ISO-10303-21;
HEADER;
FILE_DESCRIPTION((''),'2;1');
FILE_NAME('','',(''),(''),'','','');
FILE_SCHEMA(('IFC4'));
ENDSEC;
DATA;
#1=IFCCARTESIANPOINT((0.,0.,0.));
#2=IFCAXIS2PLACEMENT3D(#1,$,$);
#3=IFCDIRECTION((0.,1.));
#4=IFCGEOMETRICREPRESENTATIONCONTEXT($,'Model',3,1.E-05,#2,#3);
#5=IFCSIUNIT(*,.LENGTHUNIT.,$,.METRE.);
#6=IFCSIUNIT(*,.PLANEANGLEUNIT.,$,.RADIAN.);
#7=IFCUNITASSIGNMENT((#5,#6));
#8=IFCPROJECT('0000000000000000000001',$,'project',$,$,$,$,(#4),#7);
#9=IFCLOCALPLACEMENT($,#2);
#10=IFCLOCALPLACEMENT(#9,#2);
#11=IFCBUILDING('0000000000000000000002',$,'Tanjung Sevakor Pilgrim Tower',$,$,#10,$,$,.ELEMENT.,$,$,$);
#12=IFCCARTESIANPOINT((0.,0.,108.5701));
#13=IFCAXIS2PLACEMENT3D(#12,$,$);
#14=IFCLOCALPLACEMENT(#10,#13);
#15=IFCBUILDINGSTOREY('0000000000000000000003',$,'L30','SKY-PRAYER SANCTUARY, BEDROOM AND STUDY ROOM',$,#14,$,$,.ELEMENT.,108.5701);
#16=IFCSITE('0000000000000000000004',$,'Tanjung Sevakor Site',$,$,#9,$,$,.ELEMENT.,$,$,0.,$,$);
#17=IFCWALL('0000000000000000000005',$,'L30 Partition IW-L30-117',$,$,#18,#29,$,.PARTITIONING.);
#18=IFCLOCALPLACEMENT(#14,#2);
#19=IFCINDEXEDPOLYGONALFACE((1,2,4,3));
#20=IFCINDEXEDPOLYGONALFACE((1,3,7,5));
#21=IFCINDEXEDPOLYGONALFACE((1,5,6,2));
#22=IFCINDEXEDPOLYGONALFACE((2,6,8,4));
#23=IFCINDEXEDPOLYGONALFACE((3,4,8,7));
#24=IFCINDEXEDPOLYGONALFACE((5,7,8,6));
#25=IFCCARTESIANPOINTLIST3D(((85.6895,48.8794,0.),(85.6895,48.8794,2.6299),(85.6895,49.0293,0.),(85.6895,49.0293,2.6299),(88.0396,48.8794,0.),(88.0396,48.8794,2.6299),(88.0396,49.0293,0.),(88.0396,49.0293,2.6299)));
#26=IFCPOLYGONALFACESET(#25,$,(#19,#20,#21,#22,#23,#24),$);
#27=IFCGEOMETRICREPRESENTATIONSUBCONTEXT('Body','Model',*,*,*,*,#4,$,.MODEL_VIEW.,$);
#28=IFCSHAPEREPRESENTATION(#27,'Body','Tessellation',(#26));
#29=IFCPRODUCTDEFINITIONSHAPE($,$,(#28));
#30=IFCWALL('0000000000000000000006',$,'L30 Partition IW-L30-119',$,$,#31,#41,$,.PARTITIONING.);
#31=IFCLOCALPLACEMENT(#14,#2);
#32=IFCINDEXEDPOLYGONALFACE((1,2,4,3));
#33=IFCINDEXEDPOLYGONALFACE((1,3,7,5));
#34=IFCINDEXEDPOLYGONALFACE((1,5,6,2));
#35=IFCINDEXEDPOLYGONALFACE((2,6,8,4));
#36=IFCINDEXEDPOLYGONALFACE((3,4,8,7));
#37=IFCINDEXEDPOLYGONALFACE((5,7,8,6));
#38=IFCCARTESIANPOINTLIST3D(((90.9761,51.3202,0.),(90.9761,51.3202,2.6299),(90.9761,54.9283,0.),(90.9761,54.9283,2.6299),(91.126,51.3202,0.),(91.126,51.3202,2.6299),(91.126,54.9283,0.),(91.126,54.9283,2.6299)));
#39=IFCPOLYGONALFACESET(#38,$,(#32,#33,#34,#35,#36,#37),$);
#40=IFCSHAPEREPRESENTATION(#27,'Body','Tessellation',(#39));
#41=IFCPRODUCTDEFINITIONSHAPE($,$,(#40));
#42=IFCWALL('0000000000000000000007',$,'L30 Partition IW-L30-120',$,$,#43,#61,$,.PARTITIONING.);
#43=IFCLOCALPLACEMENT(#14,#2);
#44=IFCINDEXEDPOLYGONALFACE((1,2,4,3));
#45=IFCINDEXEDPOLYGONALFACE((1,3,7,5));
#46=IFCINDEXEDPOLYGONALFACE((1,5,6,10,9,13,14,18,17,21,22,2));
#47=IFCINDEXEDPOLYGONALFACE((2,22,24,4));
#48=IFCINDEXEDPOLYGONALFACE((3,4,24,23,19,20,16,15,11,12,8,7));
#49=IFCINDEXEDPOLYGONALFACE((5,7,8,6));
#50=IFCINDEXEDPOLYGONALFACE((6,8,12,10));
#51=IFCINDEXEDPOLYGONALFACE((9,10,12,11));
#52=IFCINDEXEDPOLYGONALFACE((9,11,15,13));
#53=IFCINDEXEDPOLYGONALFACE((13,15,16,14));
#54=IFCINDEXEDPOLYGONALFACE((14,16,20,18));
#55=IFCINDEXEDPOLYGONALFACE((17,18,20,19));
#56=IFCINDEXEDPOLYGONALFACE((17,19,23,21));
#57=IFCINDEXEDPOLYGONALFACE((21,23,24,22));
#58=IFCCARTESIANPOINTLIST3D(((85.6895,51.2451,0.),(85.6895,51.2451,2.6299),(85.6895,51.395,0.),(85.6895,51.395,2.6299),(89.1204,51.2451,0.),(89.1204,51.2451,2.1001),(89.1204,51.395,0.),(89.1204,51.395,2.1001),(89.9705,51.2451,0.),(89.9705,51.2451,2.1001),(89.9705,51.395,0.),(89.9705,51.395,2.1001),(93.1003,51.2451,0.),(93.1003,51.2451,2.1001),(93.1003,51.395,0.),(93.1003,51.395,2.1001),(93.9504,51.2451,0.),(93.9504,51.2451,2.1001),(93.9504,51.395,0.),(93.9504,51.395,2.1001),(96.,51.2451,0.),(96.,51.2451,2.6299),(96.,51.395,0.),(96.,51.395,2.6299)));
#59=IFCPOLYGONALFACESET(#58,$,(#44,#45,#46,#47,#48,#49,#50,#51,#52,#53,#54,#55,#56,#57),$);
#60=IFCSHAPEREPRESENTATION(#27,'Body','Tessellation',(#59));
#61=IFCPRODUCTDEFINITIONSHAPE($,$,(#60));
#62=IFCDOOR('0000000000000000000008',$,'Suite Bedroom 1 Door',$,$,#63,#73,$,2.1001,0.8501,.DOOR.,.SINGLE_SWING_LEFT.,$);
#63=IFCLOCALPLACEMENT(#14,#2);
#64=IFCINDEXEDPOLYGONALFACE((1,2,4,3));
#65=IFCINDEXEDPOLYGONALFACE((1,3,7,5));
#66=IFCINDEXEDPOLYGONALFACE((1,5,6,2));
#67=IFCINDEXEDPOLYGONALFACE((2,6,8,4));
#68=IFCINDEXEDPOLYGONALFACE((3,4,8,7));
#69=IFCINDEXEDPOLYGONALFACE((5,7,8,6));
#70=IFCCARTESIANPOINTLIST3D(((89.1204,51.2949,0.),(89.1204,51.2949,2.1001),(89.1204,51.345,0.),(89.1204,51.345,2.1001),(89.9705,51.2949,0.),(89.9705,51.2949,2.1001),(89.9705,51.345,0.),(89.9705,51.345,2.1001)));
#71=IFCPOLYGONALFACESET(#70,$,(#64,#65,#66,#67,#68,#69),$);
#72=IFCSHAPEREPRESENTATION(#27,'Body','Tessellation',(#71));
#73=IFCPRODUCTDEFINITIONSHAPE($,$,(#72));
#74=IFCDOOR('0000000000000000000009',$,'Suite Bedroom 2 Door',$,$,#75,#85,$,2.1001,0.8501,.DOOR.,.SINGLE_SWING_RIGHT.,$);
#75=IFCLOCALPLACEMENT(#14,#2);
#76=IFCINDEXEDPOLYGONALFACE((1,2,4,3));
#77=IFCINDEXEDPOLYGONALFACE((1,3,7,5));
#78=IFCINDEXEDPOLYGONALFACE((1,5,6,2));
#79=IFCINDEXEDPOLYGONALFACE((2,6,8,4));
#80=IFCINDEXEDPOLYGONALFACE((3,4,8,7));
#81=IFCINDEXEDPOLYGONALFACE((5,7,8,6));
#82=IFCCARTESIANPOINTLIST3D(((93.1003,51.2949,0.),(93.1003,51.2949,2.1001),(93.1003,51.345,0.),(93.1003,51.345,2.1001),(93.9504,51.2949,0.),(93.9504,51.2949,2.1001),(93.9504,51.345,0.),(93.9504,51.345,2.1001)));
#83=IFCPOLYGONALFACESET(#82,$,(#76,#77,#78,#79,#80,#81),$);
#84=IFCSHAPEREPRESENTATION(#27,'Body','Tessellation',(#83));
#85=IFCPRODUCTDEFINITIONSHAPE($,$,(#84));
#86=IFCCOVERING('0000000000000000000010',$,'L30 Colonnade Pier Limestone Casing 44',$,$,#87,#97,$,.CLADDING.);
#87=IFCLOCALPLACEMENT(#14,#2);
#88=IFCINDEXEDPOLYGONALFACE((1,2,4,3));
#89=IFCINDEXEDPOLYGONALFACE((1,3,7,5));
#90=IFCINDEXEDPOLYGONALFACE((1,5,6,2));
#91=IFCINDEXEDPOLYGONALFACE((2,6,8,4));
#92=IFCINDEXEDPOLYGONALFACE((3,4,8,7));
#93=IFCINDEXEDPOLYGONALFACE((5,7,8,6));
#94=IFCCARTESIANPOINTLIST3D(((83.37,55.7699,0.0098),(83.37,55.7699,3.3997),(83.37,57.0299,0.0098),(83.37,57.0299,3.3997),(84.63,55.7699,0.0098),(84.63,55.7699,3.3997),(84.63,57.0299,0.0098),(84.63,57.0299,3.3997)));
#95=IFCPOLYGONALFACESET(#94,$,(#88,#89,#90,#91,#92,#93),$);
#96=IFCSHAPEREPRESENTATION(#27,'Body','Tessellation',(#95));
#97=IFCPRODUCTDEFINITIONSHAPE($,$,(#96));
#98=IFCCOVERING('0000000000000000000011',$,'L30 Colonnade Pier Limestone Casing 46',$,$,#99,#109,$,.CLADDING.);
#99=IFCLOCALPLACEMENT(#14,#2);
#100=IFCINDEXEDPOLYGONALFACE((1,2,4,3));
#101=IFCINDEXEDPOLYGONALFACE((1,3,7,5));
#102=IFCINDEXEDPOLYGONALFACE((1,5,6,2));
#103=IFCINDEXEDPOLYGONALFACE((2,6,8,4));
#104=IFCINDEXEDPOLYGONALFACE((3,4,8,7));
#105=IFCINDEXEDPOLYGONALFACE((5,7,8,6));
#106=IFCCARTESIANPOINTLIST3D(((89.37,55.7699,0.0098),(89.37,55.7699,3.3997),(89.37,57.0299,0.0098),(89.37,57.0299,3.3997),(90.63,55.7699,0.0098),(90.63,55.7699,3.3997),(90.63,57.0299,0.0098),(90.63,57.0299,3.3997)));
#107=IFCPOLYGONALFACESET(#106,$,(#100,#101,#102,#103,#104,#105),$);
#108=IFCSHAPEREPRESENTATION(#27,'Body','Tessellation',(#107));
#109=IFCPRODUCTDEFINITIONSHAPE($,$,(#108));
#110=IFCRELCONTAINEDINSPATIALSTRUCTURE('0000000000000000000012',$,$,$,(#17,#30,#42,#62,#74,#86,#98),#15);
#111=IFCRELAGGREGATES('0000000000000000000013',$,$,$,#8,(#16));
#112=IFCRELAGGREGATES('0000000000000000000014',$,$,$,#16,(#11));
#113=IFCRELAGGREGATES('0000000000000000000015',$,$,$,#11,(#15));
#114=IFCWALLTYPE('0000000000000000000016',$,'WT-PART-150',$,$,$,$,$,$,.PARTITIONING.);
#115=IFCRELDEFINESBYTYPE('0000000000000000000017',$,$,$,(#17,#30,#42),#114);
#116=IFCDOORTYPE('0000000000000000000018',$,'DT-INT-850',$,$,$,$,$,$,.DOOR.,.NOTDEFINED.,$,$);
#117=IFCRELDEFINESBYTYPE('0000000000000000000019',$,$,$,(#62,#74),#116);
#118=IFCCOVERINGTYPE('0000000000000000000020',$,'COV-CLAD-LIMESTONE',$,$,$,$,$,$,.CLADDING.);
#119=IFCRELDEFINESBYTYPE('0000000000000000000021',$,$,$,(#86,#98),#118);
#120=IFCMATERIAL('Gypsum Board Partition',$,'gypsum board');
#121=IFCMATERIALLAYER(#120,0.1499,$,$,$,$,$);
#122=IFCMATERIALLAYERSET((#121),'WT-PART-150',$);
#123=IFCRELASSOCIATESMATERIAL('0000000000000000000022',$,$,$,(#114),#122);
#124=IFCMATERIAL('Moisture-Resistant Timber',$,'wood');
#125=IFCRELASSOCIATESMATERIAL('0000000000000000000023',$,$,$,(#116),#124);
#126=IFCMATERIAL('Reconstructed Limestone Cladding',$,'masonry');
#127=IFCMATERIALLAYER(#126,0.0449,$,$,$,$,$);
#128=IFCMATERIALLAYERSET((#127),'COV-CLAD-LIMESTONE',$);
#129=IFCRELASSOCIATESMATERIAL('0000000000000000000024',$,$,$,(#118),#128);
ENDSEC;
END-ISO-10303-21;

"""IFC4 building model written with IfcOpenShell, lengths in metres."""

from ifc_helpers import new_model, si_unit, direction, frame, frame_2d, origin, origin_2d, place, context, subcontext, project, spatial, rectangle, extrude, material, layer, layer_set, type_object, element, fill, save


model = new_model("IFC4")

# Units and contexts
model_context = context("Model", 3, precision=1e-05, world=origin(), true_north=direction((0.0, 1.0)))
body_context = subcontext(model_context, "Body", "Model", "MODEL_VIEW")
ifc_project = project(units=[si_unit("LENGTHUNIT", "METRE"), si_unit("PLANEANGLEUNIT", "RADIAN")], contexts=[model_context])

# Site, building, storey
site_placement = place(None, origin())
site = spatial("IfcSite", under=ifc_project, at=site_placement, Name="Tanjung Sevakor Site", CompositionType="ELEMENT", RefElevation=0.0)
building_placement = place(site_placement, origin())
building = spatial("IfcBuilding", under=site, at=building_placement, Name="Tanjung Sevakor Pilgrim Tower", CompositionType="ELEMENT")
storey_placement = place(building_placement, frame((0.0, 0.0, 108.5701)))
storey = spatial("IfcBuildingStorey", under=building, at=storey_placement, Name="L30", Description="SKY-PRAYER SANCTUARY, BEDROOM AND STUDY ROOM", CompositionType="ELEMENT", Elevation=108.5701)

# Walls
ifc_material_1 = material(Name="Gypsum Board Partition", Category="gypsum board")
ifc_layer_1 = layer(ifc_material_1, 0.1499)
ifc_layer_set_1 = layer_set([ifc_layer_1], Name="WT-PART-150")
wall_type = type_object("IfcWallType", Name="WT-PART-150", PredefinedType="PARTITIONING", material=ifc_layer_set_1)
wall_1_placement = place(storey_placement, frame((85.6895, 48.9543, 0.0), z_axis=(0.0, 0.0, 1.0), x_axis=(1.0, 0.0, 0.0)))
element("IfcWall", 1, at=wall_1_placement, inside=storey, type_object=wall_type, Name="L30 Partition IW-L30-117", PredefinedType="PARTITIONING", context=body_context, shape_type="SweptSolid", body=[
    extrude(rectangle(XDim=2.3501, YDim=0.1499, at=frame_2d((1.175, 0.0))), origin(), (0.0, 0.0, 1.0), 2.6299),
])
wall_2_placement = place(storey_placement, frame((91.051, 51.3201, 0.0), z_axis=(0.0, 0.0, 1.0), x_axis=(0.0, 1.0, 0.0)))
element("IfcWall", 2, at=wall_2_placement, inside=storey, type_object=wall_type, Name="L30 Partition IW-L30-119", PredefinedType="PARTITIONING", context=body_context, shape_type="SweptSolid", body=[
    extrude(rectangle(XDim=3.6082, YDim=0.1499, at=frame_2d((1.8042, 0.0))), origin(), (0.0, 0.0, 1.0), 2.6299),
])

# Wall, openings, doors
wall_3_placement = place(storey_placement, frame((85.6895, 51.3201, 0.0), z_axis=(0.0, 0.0, 1.0), x_axis=(1.0, 0.0, 0.0)))
wall_3 = element("IfcWall", 3, at=wall_3_placement, inside=storey, type_object=wall_type, Name="L30 Partition IW-L30-120", PredefinedType="PARTITIONING", context=body_context, shape_type="SweptSolid", body=[
    extrude(rectangle(XDim=10.3105, YDim=0.1499, at=frame_2d((5.1553, 0.0))), origin(), (0.0, 0.0, 1.0), 2.6299),
])
opening_1_placement = place(wall_3_placement, frame((3.4309, 0.0, 0.0)))
opening_1 = element("IfcOpeningElement", 4, at=opening_1_placement, cuts=wall_3, PredefinedType="OPENING", context=body_context, shape_type="SweptSolid", body=[
    extrude(rectangle(XDim=0.8501, YDim=2.1001, at=frame_2d((0.425, 1.05))), frame((0.0, 0.085, 0.0), z_axis=(0.0, -1.0, 0.0), x_axis=(1.0, 0.0, 0.0)), (0.0, 0.0, 1.0), 0.1699),
])
opening_2_placement = place(wall_3_placement, frame((7.4109, 0.0, 0.0)))
opening_2 = element("IfcOpeningElement", 5, at=opening_2_placement, cuts=wall_3, PredefinedType="OPENING", context=body_context, shape_type="SweptSolid", body=[
    extrude(rectangle(XDim=0.8501, YDim=2.1001, at=frame_2d((0.425, 1.05))), frame((0.0, 0.085, 0.0), z_axis=(0.0, -1.0, 0.0), x_axis=(1.0, 0.0, 0.0)), (0.0, 0.0, 1.0), 0.1699),
])
ifc_material_2 = material(Name="Moisture-Resistant Timber", Category="wood")
door_type = type_object("IfcDoorType", Name="DT-INT-850", OperationType="NOTDEFINED", PredefinedType="DOOR", material=ifc_material_2)
door_1_placement = place(opening_1_placement, origin())
door_1 = element("IfcDoor", 6, at=door_1_placement, inside=storey, type_object=door_type, Name="Suite Bedroom 1 Door", OperationType="SINGLE_SWING_LEFT", OverallHeight=2.1001, OverallWidth=0.8501, PredefinedType="DOOR", context=body_context, shape_type="SweptSolid", body=[
    extrude(rectangle(XDim=0.8501, YDim=2.1001, at=frame_2d((0.425, 1.05))), frame((0.0, 0.0249, 0.0), z_axis=(0.0, -1.0, 0.0), x_axis=(1.0, 0.0, 0.0)), (0.0, 0.0, 1.0), 0.05),
])
fill(opening_1, door_1)
door_2_placement = place(opening_2_placement, origin())
door_2 = element("IfcDoor", 7, at=door_2_placement, inside=storey, type_object=door_type, Name="Suite Bedroom 2 Door", OperationType="SINGLE_SWING_RIGHT", OverallHeight=2.1001, OverallWidth=0.8501, PredefinedType="DOOR", context=body_context, shape_type="SweptSolid", body=[
    extrude(rectangle(XDim=0.8501, YDim=2.1001, at=frame_2d((0.425, 1.05))), frame((0.0, 0.0249, 0.0), z_axis=(0.0, -1.0, 0.0), x_axis=(1.0, 0.0, 0.0)), (0.0, 0.0, 1.0), 0.05),
])
fill(opening_2, door_2)

# Coverings
ifc_material_3 = material(Name="Reconstructed Limestone Cladding", Category="masonry")
ifc_layer_2 = layer(ifc_material_3, 0.0449)
ifc_layer_set_2 = layer_set([ifc_layer_2], Name="COV-CLAD-LIMESTONE")
covering_type = type_object("IfcCoveringType", Name="COV-CLAD-LIMESTONE", PredefinedType="CLADDING", material=ifc_layer_set_2)
for number, where, z_axis, x_axis, name in (
    (8, (84.0, 56.3999, 0.0098), (0.0, 0.0, 1.0), (1.0, 0.0, 0.0), "L30 Colonnade Pier Limestone Casing 44"),
    (9, (90.0, 56.3999, 0.0098), (0.0, 0.0, 1.0), (1.0, 0.0, 0.0), "L30 Colonnade Pier Limestone Casing 46"),
):
    element("IfcCovering", number, at=place(storey_placement, frame(where, z_axis=z_axis, x_axis=x_axis)), inside=storey, type_object=covering_type, Name=name, PredefinedType="CLADDING", context=body_context, shape_type="SweptSolid", body=[
        extrude(rectangle(XDim=1.26, YDim=1.26, at=origin_2d()), origin(), (0.0, 0.0, 1.0), 3.3899),
    ])

save(model, "model.ifc")
